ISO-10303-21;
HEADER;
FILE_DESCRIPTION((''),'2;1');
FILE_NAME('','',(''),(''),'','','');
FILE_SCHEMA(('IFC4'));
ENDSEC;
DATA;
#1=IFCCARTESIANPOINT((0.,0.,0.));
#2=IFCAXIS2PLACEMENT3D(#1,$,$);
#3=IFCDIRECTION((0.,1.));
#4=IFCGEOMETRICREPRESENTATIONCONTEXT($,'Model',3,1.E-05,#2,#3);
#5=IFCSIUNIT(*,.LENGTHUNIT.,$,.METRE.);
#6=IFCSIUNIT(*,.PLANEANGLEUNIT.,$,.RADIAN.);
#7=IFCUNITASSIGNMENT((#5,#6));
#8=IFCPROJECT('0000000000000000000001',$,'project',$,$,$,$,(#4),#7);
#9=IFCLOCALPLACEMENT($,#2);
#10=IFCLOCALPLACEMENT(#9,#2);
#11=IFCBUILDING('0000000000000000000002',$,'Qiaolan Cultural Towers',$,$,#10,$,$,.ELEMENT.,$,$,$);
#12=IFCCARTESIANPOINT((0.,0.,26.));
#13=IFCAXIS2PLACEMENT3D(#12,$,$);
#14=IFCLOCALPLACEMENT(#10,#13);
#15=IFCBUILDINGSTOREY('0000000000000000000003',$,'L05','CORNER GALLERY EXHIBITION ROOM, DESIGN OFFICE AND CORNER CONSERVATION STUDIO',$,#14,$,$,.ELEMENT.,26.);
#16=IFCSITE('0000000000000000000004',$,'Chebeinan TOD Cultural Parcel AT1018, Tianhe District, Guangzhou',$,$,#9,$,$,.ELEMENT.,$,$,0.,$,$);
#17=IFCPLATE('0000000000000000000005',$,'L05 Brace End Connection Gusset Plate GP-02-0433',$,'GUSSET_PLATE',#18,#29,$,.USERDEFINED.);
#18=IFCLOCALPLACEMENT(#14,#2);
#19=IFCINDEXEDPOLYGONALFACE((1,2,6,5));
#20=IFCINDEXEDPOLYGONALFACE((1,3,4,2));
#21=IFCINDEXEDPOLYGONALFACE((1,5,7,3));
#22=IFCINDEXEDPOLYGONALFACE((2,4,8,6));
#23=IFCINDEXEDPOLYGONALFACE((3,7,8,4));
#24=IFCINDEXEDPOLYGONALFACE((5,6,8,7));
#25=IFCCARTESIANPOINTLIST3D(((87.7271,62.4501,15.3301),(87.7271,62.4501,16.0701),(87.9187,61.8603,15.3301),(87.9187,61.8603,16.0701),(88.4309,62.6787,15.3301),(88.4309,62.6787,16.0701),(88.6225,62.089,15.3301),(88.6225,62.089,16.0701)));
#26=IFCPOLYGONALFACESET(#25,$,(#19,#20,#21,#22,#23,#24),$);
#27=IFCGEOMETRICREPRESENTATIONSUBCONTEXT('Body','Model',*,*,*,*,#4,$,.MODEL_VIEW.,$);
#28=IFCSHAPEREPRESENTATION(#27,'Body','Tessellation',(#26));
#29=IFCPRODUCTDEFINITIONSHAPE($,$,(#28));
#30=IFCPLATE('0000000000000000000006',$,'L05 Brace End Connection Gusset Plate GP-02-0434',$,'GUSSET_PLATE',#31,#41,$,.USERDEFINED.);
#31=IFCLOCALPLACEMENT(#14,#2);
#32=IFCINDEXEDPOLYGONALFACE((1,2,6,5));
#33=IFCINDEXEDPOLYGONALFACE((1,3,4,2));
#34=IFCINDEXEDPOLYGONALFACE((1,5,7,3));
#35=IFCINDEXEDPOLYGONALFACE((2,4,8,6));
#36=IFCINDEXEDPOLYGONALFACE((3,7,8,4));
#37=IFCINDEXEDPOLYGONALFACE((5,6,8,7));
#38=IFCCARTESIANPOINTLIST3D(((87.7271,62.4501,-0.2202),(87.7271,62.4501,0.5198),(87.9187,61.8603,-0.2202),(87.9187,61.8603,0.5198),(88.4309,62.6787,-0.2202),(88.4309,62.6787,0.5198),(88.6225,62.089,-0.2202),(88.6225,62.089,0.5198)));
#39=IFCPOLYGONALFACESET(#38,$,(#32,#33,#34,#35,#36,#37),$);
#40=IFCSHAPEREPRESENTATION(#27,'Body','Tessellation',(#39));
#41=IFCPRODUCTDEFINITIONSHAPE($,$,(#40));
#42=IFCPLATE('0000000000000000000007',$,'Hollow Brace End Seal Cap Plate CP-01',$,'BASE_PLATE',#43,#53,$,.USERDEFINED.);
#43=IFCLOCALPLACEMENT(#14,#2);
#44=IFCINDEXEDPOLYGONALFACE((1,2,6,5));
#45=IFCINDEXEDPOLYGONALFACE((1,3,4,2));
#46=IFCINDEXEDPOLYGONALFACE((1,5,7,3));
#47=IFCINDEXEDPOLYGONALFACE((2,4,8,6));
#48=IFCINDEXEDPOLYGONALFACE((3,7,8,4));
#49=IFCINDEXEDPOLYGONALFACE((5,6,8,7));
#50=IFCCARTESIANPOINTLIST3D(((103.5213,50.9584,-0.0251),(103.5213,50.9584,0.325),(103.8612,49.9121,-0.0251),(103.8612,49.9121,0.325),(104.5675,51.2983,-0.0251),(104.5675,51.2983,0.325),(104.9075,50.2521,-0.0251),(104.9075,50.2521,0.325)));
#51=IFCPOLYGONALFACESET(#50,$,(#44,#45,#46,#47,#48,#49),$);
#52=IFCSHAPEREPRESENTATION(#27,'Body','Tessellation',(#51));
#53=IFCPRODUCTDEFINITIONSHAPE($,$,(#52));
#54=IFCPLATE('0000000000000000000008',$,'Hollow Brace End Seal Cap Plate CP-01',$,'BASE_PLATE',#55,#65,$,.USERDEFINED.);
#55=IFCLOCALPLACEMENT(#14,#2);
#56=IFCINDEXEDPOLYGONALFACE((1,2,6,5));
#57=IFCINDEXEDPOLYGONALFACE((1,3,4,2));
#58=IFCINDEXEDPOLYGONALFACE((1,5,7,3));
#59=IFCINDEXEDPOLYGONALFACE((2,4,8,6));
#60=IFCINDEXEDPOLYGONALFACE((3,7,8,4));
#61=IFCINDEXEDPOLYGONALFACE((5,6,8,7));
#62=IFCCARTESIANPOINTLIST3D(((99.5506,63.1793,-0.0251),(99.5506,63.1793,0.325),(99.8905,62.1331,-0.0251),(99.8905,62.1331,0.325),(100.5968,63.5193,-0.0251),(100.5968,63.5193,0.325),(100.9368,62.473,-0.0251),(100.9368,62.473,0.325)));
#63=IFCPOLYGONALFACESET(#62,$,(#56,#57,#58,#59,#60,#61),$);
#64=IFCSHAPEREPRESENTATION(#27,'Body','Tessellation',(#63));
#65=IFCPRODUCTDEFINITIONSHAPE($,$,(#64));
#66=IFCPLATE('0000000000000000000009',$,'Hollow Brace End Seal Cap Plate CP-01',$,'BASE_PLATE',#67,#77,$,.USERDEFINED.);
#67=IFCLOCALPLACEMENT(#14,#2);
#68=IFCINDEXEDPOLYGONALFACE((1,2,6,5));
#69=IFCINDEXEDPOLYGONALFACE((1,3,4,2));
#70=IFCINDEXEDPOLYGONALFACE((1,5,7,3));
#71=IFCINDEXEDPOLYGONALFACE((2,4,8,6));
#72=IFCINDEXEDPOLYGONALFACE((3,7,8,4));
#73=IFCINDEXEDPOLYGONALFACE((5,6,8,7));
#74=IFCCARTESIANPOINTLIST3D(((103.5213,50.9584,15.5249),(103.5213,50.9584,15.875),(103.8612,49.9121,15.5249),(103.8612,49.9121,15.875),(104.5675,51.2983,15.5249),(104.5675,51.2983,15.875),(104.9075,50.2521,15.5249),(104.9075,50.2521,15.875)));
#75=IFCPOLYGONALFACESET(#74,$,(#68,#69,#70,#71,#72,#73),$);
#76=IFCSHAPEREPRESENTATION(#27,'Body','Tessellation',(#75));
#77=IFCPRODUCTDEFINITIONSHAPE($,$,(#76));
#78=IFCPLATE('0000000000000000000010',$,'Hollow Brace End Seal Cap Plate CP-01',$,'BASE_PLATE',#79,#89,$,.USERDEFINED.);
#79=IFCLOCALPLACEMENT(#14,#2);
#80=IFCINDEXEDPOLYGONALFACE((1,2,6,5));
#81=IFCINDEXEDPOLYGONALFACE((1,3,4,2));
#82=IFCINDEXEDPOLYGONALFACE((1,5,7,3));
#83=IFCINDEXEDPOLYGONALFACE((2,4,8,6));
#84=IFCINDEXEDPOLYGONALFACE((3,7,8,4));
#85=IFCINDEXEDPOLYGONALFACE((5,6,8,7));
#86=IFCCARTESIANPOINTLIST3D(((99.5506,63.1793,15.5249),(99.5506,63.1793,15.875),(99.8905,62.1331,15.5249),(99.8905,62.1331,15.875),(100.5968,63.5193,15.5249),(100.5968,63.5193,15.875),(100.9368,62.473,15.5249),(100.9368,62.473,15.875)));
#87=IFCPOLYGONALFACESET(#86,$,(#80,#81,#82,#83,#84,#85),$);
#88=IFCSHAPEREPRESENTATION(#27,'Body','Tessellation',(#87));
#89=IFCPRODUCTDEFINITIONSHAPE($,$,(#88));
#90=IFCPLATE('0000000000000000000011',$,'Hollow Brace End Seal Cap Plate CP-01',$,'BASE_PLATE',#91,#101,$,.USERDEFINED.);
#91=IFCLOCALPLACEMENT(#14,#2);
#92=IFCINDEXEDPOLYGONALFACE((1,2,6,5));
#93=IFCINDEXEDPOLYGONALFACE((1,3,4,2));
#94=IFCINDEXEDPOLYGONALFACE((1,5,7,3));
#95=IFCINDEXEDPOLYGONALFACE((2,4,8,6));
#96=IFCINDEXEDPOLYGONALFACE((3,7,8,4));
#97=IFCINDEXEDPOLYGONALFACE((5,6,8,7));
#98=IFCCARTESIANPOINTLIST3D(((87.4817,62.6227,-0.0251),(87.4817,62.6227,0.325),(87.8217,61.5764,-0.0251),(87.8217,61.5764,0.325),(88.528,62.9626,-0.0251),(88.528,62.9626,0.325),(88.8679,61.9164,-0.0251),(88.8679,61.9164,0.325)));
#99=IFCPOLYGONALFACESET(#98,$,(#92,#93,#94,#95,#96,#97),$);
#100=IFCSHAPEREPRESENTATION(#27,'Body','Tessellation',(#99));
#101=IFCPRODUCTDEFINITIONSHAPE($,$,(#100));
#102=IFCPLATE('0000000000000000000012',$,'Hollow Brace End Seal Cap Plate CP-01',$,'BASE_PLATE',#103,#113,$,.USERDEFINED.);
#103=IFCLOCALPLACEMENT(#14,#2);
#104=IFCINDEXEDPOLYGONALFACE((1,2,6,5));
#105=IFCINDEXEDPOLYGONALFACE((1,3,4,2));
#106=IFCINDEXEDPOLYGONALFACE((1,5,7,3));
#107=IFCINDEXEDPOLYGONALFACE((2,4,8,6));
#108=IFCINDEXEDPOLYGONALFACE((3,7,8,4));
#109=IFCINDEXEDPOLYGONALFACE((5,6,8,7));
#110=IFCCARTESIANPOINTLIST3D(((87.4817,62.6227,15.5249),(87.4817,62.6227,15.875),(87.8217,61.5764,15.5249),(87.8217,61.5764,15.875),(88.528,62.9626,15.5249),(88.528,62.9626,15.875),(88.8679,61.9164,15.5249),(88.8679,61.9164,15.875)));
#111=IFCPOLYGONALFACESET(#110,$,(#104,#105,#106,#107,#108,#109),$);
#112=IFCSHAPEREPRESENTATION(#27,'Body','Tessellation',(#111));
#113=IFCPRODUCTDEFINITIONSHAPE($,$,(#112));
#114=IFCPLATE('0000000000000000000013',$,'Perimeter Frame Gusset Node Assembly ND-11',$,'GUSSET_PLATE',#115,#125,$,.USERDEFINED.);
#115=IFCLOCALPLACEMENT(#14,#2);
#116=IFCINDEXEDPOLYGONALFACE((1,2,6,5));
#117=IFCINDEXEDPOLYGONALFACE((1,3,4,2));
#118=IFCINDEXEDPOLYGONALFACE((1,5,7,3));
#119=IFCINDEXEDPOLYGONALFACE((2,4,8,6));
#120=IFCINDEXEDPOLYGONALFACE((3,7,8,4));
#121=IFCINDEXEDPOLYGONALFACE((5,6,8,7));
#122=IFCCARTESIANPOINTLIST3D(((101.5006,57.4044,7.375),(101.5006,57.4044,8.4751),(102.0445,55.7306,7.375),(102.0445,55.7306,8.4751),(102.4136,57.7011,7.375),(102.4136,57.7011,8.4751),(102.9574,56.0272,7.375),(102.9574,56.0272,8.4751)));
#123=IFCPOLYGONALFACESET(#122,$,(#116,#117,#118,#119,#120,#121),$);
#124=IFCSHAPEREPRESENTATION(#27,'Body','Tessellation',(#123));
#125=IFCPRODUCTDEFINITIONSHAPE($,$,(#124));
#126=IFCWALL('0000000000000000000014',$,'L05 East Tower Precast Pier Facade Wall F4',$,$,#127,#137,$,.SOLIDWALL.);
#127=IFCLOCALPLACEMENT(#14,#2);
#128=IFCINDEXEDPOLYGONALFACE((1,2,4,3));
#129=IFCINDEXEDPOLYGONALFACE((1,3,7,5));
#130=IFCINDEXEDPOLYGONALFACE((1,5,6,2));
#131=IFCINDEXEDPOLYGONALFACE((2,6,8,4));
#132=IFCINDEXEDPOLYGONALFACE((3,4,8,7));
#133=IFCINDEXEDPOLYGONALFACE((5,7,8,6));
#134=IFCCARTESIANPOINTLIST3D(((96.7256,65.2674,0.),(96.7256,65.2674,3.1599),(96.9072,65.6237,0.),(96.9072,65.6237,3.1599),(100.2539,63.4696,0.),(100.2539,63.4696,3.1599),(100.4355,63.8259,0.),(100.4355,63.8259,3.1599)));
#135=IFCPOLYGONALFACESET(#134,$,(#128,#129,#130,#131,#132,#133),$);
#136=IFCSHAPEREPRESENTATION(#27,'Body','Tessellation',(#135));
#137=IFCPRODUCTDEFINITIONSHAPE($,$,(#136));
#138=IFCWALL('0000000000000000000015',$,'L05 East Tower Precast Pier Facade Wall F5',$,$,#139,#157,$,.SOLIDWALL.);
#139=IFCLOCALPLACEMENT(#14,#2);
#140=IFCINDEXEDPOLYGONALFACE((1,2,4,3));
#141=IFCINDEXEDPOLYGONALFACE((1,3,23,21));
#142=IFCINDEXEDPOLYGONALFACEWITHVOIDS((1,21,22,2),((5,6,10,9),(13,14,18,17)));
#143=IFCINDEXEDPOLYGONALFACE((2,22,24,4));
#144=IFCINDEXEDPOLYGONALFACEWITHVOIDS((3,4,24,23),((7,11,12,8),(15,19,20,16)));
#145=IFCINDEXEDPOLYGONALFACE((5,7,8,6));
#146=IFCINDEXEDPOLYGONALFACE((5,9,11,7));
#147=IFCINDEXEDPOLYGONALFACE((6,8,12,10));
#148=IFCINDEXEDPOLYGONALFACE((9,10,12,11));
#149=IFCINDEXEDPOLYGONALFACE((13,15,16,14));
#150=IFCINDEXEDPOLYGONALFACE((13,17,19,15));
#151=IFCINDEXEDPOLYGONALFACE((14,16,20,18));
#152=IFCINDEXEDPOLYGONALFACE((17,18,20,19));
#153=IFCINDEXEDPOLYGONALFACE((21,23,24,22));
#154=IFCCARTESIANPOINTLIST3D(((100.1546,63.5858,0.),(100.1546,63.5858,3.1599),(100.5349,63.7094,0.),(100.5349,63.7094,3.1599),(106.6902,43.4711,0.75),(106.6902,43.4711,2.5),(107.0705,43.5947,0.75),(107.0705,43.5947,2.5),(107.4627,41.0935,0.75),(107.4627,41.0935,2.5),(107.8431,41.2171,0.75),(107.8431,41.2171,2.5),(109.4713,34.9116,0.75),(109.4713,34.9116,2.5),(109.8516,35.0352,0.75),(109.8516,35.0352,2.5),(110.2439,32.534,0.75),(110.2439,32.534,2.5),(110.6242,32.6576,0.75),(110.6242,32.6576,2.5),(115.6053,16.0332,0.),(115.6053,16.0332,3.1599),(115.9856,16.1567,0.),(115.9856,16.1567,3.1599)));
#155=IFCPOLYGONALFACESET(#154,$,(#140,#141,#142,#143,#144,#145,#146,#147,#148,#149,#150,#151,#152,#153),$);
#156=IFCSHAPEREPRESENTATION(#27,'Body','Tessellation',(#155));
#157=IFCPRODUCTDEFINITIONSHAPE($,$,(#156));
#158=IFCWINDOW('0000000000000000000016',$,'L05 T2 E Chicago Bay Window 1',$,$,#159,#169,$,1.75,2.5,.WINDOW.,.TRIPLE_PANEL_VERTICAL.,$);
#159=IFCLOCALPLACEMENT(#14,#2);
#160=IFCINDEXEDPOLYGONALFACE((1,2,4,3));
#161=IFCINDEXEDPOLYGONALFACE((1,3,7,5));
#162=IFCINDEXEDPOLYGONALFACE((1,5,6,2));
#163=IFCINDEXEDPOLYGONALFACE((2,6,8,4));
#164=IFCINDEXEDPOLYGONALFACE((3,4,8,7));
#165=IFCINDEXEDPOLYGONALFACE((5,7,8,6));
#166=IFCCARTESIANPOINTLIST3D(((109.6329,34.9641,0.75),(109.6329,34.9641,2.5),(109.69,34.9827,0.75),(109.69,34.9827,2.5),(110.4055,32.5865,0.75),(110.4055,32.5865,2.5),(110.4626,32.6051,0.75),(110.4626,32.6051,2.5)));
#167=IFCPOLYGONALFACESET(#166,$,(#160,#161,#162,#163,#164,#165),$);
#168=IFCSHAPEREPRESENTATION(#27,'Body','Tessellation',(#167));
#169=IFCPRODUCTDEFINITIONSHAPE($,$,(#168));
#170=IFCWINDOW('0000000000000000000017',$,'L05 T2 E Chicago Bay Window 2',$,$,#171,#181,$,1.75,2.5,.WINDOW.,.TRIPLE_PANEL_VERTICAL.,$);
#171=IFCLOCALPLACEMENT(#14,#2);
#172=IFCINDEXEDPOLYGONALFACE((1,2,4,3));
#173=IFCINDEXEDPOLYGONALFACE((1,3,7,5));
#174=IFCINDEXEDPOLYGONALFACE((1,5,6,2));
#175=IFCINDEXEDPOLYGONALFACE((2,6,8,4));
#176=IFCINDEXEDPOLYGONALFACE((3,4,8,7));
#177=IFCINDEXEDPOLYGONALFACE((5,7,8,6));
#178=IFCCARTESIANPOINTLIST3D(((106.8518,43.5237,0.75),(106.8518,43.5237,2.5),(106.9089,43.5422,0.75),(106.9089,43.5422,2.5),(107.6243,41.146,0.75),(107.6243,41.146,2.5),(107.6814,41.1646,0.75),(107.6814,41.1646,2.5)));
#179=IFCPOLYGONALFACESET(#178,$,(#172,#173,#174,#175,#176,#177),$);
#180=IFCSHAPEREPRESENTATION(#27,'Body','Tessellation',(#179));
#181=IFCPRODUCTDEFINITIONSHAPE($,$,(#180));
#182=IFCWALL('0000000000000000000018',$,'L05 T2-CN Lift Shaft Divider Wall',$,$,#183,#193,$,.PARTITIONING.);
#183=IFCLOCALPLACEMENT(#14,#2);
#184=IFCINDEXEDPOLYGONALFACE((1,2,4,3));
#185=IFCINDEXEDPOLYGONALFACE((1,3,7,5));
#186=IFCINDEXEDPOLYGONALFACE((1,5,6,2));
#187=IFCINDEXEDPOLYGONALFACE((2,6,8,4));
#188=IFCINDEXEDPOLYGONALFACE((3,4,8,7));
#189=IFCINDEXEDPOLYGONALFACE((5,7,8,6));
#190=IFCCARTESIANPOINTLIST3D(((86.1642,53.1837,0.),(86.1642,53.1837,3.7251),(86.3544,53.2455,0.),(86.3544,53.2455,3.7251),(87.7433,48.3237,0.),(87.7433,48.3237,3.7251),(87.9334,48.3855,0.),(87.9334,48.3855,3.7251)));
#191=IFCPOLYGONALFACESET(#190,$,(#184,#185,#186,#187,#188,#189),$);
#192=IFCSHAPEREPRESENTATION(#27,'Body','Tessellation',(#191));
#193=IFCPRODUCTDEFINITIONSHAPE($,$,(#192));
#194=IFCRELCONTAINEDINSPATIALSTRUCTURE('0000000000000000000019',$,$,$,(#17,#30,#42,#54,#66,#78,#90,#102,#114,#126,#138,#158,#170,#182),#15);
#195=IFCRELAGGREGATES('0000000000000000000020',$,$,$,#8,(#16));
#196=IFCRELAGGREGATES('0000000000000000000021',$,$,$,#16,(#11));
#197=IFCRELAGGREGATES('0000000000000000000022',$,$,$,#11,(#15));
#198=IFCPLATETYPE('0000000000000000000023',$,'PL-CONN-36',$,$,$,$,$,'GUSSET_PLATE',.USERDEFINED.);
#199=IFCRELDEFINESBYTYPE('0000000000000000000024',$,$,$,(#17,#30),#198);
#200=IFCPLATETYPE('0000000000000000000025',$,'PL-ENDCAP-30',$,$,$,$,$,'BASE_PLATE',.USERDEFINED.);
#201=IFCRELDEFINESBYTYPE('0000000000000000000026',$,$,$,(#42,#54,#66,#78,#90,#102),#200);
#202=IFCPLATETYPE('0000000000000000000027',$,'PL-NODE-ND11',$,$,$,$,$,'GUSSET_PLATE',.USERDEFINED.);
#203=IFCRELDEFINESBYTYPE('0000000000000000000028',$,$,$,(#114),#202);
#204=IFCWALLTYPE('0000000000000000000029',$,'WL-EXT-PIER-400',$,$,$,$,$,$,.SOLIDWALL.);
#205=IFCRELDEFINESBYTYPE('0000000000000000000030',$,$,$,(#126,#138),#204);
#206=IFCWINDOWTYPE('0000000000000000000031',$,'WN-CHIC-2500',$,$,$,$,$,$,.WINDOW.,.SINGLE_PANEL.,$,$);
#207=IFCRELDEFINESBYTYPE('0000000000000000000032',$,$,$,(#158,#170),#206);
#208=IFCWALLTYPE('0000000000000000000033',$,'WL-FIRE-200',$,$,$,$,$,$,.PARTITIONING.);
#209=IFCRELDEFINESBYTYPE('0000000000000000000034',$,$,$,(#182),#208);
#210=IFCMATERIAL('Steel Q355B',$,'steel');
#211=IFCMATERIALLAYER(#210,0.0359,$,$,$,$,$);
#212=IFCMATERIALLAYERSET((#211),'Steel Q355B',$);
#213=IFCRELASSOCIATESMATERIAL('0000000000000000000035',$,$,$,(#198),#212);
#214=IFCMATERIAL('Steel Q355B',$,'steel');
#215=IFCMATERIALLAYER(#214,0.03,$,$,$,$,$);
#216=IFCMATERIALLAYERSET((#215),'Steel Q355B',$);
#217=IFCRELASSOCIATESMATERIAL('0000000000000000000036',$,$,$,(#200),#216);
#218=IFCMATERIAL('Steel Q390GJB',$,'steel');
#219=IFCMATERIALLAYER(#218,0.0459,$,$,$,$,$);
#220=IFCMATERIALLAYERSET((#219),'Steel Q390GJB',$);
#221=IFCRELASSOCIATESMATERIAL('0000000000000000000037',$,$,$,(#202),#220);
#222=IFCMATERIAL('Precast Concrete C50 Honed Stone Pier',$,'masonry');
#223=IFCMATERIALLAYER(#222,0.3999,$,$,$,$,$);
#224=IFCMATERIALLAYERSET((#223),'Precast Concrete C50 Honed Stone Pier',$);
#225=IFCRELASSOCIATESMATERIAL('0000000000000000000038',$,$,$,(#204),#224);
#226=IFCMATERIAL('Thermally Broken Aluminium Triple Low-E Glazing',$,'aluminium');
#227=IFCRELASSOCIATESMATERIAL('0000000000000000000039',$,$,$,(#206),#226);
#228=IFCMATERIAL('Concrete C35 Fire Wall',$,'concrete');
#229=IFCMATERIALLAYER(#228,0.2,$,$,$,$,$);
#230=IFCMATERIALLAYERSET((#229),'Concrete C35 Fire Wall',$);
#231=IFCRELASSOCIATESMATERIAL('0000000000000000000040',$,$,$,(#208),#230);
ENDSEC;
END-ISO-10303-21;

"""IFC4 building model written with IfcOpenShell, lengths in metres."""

from ifc_helpers import new_model, si_unit, direction, frame, frame_2d, origin, origin_2d, place, context, subcontext, project, spatial, rectangle, extrude, material, layer, layer_set, type_object, element, fill, save


model = new_model("IFC4")

# Units and contexts
model_context = context("Model", 3, precision=1e-05, world=origin(), true_north=direction((0.0, 1.0)))
body_context = subcontext(model_context, "Body", "Model", "MODEL_VIEW")
ifc_project = project(units=[si_unit("LENGTHUNIT", "METRE"), si_unit("PLANEANGLEUNIT", "RADIAN")], contexts=[model_context])

# Site, building, storey
site_placement = place(None, origin())
site = spatial("IfcSite", under=ifc_project, at=site_placement, Name="Chebeinan TOD Cultural Parcel AT1018, Tianhe District, Guangzhou", CompositionType="ELEMENT", RefElevation=0.0)
building_placement = place(site_placement, origin())
building = spatial("IfcBuilding", under=site, at=building_placement, Name="Qiaolan Cultural Towers", CompositionType="ELEMENT")
storey_placement = place(building_placement, frame((0.0, 0.0, 26.0)))
storey = spatial("IfcBuildingStorey", under=building, at=storey_placement, Name="L05", Description="CORNER GALLERY EXHIBITION ROOM, DESIGN OFFICE AND CORNER CONSERVATION STUDIO", CompositionType="ELEMENT", Elevation=26.0)

# Plates
ifc_material_1 = material(Name="Steel Q355B", Category="steel")
ifc_layer_1 = layer(ifc_material_1, 0.0359)
ifc_layer_set_1 = layer_set([ifc_layer_1], Name="Steel Q355B")
plate_type_1 = type_object("IfcPlateType", Name="PL-CONN-36", ElementType="GUSSET_PLATE", PredefinedType="USERDEFINED", material=ifc_layer_set_1)
for number, where, z_axis, x_axis, name in (
    (1, (88.1748, 62.2695, 15.3301), (0.0, 0.0, 1.0), (0.951057, 0.309017, 0.0), "L05 Brace End Connection Gusset Plate GP-02-0433"),
    (2, (88.1748, 62.2695, -0.2202), (0.0, 0.0, 1.0), (0.951057, 0.309017, 0.0), "L05 Brace End Connection Gusset Plate GP-02-0434"),
):
    element("IfcPlate", number, at=place(storey_placement, frame(where, z_axis=z_axis, x_axis=x_axis)), inside=storey, type_object=plate_type_1, Name=name, ObjectType="GUSSET_PLATE", PredefinedType="USERDEFINED", context=body_context, shape_type="SweptSolid", body=[
        extrude(rectangle(XDim=0.74, YDim=0.6201, at=origin_2d()), origin(), (0.0, 0.0, 1.0), 0.74),
    ])
ifc_material_2 = material(Name="Steel Q355B", Category="steel")
ifc_layer_2 = layer(ifc_material_2, 0.03)
ifc_layer_set_2 = layer_set([ifc_layer_2], Name="Steel Q355B")
plate_type_2 = type_object("IfcPlateType", Name="PL-ENDCAP-30", ElementType="BASE_PLATE", PredefinedType="USERDEFINED", material=ifc_layer_set_2)
for number, where, z_axis, x_axis, name in (
    (3, (104.2144, 50.6052, -0.0251), (0.0, 0.0, 1.0), (-0.309017, 0.951057, 0.0), "Hollow Brace End Seal Cap Plate CP-01"),
    (4, (100.2437, 62.8262, -0.0251), (0.0, 0.0, 1.0), (-0.309017, 0.951057, 0.0), "Hollow Brace End Seal Cap Plate CP-01"),
    (5, (104.2144, 50.6052, 15.5249), (0.0, 0.0, 1.0), (-0.309017, 0.951057, 0.0), "Hollow Brace End Seal Cap Plate CP-01"),
    (6, (100.2437, 62.8262, 15.5249), (0.0, 0.0, 1.0), (-0.309017, 0.951057, 0.0), "Hollow Brace End Seal Cap Plate CP-01"),
    (7, (88.1748, 62.2695, -0.0251), (0.0, 0.0, 1.0), (0.951057, 0.309017, 0.0), "Hollow Brace End Seal Cap Plate CP-01"),
    (8, (88.1748, 62.2695, 15.5249), (0.0, 0.0, 1.0), (0.951057, 0.309017, 0.0), "Hollow Brace End Seal Cap Plate CP-01"),
):
    element("IfcPlate", number, at=place(storey_placement, frame(where, z_axis=z_axis, x_axis=x_axis)), inside=storey, type_object=plate_type_2, Name=name, ObjectType="BASE_PLATE", PredefinedType="USERDEFINED", context=body_context, shape_type="SweptSolid", body=[
        extrude(rectangle(XDim=1.1001, YDim=1.1001, at=origin_2d()), origin(), (0.0, 0.0, 1.0), 0.3501),
    ])
ifc_material_3 = material(Name="Steel Q390GJB", Category="steel")
ifc_layer_3 = layer(ifc_material_3, 0.0459)
ifc_layer_set_3 = layer_set([ifc_layer_3], Name="Steel Q390GJB")
plate_type_3 = type_object("IfcPlateType", Name="PL-NODE-ND11", ElementType="GUSSET_PLATE", PredefinedType="USERDEFINED", material=ifc_layer_set_3)
plate_placement = place(storey_placement, frame((102.229, 56.7158, 7.375), z_axis=(0.0, 0.0, 1.0), x_axis=(-0.309017, 0.951057, 0.0)))
element("IfcPlate", 9, at=plate_placement, inside=storey, type_object=plate_type_3, Name="Perimeter Frame Gusset Node Assembly ND-11", ObjectType="GUSSET_PLATE", PredefinedType="USERDEFINED", context=body_context, shape_type="SweptSolid", body=[
    extrude(rectangle(XDim=1.76, YDim=0.96, at=origin_2d()), origin(), (0.0, 0.0, 1.0), 1.1001),
])

# Wall
ifc_material_4 = material(Name="Precast Concrete C50 Honed Stone Pier", Category="masonry")
ifc_layer_4 = layer(ifc_material_4, 0.3999)
ifc_layer_set_4 = layer_set([ifc_layer_4], Name="Precast Concrete C50 Honed Stone Pier")
wall_type_1 = type_object("IfcWallType", Name="WL-EXT-PIER-400", PredefinedType="SOLIDWALL", material=ifc_layer_set_4)
wall_1_placement = place(storey_placement, frame((96.8164, 65.4456, 0.0), z_axis=(0.0, 0.0, 1.0), x_axis=(0.890998, -0.454007, 0.0)))
element("IfcWall", 10, at=wall_1_placement, inside=storey, type_object=wall_type_1, Name="L05 East Tower Precast Pier Facade Wall F4", PredefinedType="SOLIDWALL", context=body_context, shape_type="SweptSolid", body=[
    extrude(rectangle(XDim=3.96, YDim=0.3999, at=frame_2d((1.98, 0.0))), origin(), (0.0, 0.0, 1.0), 3.1599),
])

# Wall, openings, windows
wall_2_placement = place(storey_placement, frame((100.3447, 63.6477, 0.0), z_axis=(0.0, 0.0, 1.0), x_axis=(0.309015, -0.951057, 0.0)))
wall_2 = element("IfcWall", 11, at=wall_2_placement, inside=storey, type_object=wall_type_1, Name="L05 East Tower Precast Pier Facade Wall F5", PredefinedType="SOLIDWALL", context=body_context, shape_type="SweptSolid", body=[
    extrude(rectangle(XDim=49.9998, YDim=0.3999, at=frame_2d((25.0, 0.0))), origin(), (0.0, 0.0, 1.0), 3.1599),
])
opening_1_placement = place(wall_2_placement, frame((30.1499, 0.0, 0.75)))
opening_1 = element("IfcOpeningElement", 12, at=opening_1_placement, cuts=wall_2, PredefinedType="OPENING", context=body_context, shape_type="SweptSolid", body=[
    extrude(rectangle(XDim=2.5, YDim=1.75, at=frame_2d((1.25, 0.875))), frame((0.0, 0.21, 0.0), z_axis=(0.0, -1.0, 0.0), x_axis=(1.0, 0.0, 0.0)), (0.0, 0.0, 1.0), 0.4199),
])
opening_2_placement = place(wall_2_placement, frame((21.1499, 0.0, 0.75)))
opening_2 = element("IfcOpeningElement", 13, at=opening_2_placement, cuts=wall_2, PredefinedType="OPENING", context=body_context, shape_type="SweptSolid", body=[
    extrude(rectangle(XDim=2.5, YDim=1.75, at=frame_2d((1.25, 0.875))), frame((0.0, 0.21, 0.0), z_axis=(0.0, -1.0, 0.0), x_axis=(1.0, 0.0, 0.0)), (0.0, 0.0, 1.0), 0.4199),
])
ifc_material_5 = material(Name="Thermally Broken Aluminium Triple Low-E Glazing", Category="aluminium")
window_type = type_object("IfcWindowType", Name="WN-CHIC-2500", PartitioningType="SINGLE_PANEL", PredefinedType="WINDOW", material=ifc_material_5)
window_1_placement = place(opening_1_placement, origin())
window_1 = element("IfcWindow", 14, at=window_1_placement, inside=storey, type_object=window_type, Name="L05 T2 E Chicago Bay Window 1", OverallHeight=1.75, OverallWidth=2.5, PartitioningType="TRIPLE_PANEL_VERTICAL", PredefinedType="WINDOW", context=body_context, shape_type="SweptSolid", body=[
    extrude(rectangle(XDim=2.5, YDim=1.75, at=frame_2d((1.25, 0.875))), frame((0.0, 0.03, 0.0), z_axis=(0.0, -1.0, 0.0), x_axis=(1.0, 0.0, 0.0)), (0.0, 0.0, 1.0), 0.0601),
])
fill(opening_1, window_1)
window_2_placement = place(opening_2_placement, origin())
window_2 = element("IfcWindow", 15, at=window_2_placement, inside=storey, type_object=window_type, Name="L05 T2 E Chicago Bay Window 2", OverallHeight=1.75, OverallWidth=2.5, PartitioningType="TRIPLE_PANEL_VERTICAL", PredefinedType="WINDOW", context=body_context, shape_type="SweptSolid", body=[
    extrude(rectangle(XDim=2.5, YDim=1.75, at=frame_2d((1.25, 0.875))), frame((0.0, 0.03, 0.0), z_axis=(0.0, -1.0, 0.0), x_axis=(1.0, 0.0, 0.0)), (0.0, 0.0, 1.0), 0.0601),
])
fill(opening_2, window_2)

# Wall
ifc_material_6 = material(Name="Concrete C35 Fire Wall", Category="concrete")
ifc_layer_5 = layer(ifc_material_6, 0.2)
ifc_layer_set_5 = layer_set([ifc_layer_5], Name="Concrete C35 Fire Wall")
wall_type_2 = type_object("IfcWallType", Name="WL-FIRE-200", PredefinedType="PARTITIONING", material=ifc_layer_set_5)
wall_3_placement = place(storey_placement, frame((87.8384, 48.3545, 0.0), z_axis=(0.0, 0.0, 1.0), x_axis=(-0.309009, 0.951059, 0.0)))
element("IfcWall", 16, at=wall_3_placement, inside=storey, type_object=wall_type_2, Name="L05 T2-CN Lift Shaft Divider Wall", PredefinedType="PARTITIONING", context=body_context, shape_type="SweptSolid", body=[
    extrude(rectangle(XDim=5.1101, YDim=0.2, at=frame_2d((2.5552, 0.0))), origin(), (0.0, 0.0, 1.0), 3.7251),
])

save(model, "model.ifc")
